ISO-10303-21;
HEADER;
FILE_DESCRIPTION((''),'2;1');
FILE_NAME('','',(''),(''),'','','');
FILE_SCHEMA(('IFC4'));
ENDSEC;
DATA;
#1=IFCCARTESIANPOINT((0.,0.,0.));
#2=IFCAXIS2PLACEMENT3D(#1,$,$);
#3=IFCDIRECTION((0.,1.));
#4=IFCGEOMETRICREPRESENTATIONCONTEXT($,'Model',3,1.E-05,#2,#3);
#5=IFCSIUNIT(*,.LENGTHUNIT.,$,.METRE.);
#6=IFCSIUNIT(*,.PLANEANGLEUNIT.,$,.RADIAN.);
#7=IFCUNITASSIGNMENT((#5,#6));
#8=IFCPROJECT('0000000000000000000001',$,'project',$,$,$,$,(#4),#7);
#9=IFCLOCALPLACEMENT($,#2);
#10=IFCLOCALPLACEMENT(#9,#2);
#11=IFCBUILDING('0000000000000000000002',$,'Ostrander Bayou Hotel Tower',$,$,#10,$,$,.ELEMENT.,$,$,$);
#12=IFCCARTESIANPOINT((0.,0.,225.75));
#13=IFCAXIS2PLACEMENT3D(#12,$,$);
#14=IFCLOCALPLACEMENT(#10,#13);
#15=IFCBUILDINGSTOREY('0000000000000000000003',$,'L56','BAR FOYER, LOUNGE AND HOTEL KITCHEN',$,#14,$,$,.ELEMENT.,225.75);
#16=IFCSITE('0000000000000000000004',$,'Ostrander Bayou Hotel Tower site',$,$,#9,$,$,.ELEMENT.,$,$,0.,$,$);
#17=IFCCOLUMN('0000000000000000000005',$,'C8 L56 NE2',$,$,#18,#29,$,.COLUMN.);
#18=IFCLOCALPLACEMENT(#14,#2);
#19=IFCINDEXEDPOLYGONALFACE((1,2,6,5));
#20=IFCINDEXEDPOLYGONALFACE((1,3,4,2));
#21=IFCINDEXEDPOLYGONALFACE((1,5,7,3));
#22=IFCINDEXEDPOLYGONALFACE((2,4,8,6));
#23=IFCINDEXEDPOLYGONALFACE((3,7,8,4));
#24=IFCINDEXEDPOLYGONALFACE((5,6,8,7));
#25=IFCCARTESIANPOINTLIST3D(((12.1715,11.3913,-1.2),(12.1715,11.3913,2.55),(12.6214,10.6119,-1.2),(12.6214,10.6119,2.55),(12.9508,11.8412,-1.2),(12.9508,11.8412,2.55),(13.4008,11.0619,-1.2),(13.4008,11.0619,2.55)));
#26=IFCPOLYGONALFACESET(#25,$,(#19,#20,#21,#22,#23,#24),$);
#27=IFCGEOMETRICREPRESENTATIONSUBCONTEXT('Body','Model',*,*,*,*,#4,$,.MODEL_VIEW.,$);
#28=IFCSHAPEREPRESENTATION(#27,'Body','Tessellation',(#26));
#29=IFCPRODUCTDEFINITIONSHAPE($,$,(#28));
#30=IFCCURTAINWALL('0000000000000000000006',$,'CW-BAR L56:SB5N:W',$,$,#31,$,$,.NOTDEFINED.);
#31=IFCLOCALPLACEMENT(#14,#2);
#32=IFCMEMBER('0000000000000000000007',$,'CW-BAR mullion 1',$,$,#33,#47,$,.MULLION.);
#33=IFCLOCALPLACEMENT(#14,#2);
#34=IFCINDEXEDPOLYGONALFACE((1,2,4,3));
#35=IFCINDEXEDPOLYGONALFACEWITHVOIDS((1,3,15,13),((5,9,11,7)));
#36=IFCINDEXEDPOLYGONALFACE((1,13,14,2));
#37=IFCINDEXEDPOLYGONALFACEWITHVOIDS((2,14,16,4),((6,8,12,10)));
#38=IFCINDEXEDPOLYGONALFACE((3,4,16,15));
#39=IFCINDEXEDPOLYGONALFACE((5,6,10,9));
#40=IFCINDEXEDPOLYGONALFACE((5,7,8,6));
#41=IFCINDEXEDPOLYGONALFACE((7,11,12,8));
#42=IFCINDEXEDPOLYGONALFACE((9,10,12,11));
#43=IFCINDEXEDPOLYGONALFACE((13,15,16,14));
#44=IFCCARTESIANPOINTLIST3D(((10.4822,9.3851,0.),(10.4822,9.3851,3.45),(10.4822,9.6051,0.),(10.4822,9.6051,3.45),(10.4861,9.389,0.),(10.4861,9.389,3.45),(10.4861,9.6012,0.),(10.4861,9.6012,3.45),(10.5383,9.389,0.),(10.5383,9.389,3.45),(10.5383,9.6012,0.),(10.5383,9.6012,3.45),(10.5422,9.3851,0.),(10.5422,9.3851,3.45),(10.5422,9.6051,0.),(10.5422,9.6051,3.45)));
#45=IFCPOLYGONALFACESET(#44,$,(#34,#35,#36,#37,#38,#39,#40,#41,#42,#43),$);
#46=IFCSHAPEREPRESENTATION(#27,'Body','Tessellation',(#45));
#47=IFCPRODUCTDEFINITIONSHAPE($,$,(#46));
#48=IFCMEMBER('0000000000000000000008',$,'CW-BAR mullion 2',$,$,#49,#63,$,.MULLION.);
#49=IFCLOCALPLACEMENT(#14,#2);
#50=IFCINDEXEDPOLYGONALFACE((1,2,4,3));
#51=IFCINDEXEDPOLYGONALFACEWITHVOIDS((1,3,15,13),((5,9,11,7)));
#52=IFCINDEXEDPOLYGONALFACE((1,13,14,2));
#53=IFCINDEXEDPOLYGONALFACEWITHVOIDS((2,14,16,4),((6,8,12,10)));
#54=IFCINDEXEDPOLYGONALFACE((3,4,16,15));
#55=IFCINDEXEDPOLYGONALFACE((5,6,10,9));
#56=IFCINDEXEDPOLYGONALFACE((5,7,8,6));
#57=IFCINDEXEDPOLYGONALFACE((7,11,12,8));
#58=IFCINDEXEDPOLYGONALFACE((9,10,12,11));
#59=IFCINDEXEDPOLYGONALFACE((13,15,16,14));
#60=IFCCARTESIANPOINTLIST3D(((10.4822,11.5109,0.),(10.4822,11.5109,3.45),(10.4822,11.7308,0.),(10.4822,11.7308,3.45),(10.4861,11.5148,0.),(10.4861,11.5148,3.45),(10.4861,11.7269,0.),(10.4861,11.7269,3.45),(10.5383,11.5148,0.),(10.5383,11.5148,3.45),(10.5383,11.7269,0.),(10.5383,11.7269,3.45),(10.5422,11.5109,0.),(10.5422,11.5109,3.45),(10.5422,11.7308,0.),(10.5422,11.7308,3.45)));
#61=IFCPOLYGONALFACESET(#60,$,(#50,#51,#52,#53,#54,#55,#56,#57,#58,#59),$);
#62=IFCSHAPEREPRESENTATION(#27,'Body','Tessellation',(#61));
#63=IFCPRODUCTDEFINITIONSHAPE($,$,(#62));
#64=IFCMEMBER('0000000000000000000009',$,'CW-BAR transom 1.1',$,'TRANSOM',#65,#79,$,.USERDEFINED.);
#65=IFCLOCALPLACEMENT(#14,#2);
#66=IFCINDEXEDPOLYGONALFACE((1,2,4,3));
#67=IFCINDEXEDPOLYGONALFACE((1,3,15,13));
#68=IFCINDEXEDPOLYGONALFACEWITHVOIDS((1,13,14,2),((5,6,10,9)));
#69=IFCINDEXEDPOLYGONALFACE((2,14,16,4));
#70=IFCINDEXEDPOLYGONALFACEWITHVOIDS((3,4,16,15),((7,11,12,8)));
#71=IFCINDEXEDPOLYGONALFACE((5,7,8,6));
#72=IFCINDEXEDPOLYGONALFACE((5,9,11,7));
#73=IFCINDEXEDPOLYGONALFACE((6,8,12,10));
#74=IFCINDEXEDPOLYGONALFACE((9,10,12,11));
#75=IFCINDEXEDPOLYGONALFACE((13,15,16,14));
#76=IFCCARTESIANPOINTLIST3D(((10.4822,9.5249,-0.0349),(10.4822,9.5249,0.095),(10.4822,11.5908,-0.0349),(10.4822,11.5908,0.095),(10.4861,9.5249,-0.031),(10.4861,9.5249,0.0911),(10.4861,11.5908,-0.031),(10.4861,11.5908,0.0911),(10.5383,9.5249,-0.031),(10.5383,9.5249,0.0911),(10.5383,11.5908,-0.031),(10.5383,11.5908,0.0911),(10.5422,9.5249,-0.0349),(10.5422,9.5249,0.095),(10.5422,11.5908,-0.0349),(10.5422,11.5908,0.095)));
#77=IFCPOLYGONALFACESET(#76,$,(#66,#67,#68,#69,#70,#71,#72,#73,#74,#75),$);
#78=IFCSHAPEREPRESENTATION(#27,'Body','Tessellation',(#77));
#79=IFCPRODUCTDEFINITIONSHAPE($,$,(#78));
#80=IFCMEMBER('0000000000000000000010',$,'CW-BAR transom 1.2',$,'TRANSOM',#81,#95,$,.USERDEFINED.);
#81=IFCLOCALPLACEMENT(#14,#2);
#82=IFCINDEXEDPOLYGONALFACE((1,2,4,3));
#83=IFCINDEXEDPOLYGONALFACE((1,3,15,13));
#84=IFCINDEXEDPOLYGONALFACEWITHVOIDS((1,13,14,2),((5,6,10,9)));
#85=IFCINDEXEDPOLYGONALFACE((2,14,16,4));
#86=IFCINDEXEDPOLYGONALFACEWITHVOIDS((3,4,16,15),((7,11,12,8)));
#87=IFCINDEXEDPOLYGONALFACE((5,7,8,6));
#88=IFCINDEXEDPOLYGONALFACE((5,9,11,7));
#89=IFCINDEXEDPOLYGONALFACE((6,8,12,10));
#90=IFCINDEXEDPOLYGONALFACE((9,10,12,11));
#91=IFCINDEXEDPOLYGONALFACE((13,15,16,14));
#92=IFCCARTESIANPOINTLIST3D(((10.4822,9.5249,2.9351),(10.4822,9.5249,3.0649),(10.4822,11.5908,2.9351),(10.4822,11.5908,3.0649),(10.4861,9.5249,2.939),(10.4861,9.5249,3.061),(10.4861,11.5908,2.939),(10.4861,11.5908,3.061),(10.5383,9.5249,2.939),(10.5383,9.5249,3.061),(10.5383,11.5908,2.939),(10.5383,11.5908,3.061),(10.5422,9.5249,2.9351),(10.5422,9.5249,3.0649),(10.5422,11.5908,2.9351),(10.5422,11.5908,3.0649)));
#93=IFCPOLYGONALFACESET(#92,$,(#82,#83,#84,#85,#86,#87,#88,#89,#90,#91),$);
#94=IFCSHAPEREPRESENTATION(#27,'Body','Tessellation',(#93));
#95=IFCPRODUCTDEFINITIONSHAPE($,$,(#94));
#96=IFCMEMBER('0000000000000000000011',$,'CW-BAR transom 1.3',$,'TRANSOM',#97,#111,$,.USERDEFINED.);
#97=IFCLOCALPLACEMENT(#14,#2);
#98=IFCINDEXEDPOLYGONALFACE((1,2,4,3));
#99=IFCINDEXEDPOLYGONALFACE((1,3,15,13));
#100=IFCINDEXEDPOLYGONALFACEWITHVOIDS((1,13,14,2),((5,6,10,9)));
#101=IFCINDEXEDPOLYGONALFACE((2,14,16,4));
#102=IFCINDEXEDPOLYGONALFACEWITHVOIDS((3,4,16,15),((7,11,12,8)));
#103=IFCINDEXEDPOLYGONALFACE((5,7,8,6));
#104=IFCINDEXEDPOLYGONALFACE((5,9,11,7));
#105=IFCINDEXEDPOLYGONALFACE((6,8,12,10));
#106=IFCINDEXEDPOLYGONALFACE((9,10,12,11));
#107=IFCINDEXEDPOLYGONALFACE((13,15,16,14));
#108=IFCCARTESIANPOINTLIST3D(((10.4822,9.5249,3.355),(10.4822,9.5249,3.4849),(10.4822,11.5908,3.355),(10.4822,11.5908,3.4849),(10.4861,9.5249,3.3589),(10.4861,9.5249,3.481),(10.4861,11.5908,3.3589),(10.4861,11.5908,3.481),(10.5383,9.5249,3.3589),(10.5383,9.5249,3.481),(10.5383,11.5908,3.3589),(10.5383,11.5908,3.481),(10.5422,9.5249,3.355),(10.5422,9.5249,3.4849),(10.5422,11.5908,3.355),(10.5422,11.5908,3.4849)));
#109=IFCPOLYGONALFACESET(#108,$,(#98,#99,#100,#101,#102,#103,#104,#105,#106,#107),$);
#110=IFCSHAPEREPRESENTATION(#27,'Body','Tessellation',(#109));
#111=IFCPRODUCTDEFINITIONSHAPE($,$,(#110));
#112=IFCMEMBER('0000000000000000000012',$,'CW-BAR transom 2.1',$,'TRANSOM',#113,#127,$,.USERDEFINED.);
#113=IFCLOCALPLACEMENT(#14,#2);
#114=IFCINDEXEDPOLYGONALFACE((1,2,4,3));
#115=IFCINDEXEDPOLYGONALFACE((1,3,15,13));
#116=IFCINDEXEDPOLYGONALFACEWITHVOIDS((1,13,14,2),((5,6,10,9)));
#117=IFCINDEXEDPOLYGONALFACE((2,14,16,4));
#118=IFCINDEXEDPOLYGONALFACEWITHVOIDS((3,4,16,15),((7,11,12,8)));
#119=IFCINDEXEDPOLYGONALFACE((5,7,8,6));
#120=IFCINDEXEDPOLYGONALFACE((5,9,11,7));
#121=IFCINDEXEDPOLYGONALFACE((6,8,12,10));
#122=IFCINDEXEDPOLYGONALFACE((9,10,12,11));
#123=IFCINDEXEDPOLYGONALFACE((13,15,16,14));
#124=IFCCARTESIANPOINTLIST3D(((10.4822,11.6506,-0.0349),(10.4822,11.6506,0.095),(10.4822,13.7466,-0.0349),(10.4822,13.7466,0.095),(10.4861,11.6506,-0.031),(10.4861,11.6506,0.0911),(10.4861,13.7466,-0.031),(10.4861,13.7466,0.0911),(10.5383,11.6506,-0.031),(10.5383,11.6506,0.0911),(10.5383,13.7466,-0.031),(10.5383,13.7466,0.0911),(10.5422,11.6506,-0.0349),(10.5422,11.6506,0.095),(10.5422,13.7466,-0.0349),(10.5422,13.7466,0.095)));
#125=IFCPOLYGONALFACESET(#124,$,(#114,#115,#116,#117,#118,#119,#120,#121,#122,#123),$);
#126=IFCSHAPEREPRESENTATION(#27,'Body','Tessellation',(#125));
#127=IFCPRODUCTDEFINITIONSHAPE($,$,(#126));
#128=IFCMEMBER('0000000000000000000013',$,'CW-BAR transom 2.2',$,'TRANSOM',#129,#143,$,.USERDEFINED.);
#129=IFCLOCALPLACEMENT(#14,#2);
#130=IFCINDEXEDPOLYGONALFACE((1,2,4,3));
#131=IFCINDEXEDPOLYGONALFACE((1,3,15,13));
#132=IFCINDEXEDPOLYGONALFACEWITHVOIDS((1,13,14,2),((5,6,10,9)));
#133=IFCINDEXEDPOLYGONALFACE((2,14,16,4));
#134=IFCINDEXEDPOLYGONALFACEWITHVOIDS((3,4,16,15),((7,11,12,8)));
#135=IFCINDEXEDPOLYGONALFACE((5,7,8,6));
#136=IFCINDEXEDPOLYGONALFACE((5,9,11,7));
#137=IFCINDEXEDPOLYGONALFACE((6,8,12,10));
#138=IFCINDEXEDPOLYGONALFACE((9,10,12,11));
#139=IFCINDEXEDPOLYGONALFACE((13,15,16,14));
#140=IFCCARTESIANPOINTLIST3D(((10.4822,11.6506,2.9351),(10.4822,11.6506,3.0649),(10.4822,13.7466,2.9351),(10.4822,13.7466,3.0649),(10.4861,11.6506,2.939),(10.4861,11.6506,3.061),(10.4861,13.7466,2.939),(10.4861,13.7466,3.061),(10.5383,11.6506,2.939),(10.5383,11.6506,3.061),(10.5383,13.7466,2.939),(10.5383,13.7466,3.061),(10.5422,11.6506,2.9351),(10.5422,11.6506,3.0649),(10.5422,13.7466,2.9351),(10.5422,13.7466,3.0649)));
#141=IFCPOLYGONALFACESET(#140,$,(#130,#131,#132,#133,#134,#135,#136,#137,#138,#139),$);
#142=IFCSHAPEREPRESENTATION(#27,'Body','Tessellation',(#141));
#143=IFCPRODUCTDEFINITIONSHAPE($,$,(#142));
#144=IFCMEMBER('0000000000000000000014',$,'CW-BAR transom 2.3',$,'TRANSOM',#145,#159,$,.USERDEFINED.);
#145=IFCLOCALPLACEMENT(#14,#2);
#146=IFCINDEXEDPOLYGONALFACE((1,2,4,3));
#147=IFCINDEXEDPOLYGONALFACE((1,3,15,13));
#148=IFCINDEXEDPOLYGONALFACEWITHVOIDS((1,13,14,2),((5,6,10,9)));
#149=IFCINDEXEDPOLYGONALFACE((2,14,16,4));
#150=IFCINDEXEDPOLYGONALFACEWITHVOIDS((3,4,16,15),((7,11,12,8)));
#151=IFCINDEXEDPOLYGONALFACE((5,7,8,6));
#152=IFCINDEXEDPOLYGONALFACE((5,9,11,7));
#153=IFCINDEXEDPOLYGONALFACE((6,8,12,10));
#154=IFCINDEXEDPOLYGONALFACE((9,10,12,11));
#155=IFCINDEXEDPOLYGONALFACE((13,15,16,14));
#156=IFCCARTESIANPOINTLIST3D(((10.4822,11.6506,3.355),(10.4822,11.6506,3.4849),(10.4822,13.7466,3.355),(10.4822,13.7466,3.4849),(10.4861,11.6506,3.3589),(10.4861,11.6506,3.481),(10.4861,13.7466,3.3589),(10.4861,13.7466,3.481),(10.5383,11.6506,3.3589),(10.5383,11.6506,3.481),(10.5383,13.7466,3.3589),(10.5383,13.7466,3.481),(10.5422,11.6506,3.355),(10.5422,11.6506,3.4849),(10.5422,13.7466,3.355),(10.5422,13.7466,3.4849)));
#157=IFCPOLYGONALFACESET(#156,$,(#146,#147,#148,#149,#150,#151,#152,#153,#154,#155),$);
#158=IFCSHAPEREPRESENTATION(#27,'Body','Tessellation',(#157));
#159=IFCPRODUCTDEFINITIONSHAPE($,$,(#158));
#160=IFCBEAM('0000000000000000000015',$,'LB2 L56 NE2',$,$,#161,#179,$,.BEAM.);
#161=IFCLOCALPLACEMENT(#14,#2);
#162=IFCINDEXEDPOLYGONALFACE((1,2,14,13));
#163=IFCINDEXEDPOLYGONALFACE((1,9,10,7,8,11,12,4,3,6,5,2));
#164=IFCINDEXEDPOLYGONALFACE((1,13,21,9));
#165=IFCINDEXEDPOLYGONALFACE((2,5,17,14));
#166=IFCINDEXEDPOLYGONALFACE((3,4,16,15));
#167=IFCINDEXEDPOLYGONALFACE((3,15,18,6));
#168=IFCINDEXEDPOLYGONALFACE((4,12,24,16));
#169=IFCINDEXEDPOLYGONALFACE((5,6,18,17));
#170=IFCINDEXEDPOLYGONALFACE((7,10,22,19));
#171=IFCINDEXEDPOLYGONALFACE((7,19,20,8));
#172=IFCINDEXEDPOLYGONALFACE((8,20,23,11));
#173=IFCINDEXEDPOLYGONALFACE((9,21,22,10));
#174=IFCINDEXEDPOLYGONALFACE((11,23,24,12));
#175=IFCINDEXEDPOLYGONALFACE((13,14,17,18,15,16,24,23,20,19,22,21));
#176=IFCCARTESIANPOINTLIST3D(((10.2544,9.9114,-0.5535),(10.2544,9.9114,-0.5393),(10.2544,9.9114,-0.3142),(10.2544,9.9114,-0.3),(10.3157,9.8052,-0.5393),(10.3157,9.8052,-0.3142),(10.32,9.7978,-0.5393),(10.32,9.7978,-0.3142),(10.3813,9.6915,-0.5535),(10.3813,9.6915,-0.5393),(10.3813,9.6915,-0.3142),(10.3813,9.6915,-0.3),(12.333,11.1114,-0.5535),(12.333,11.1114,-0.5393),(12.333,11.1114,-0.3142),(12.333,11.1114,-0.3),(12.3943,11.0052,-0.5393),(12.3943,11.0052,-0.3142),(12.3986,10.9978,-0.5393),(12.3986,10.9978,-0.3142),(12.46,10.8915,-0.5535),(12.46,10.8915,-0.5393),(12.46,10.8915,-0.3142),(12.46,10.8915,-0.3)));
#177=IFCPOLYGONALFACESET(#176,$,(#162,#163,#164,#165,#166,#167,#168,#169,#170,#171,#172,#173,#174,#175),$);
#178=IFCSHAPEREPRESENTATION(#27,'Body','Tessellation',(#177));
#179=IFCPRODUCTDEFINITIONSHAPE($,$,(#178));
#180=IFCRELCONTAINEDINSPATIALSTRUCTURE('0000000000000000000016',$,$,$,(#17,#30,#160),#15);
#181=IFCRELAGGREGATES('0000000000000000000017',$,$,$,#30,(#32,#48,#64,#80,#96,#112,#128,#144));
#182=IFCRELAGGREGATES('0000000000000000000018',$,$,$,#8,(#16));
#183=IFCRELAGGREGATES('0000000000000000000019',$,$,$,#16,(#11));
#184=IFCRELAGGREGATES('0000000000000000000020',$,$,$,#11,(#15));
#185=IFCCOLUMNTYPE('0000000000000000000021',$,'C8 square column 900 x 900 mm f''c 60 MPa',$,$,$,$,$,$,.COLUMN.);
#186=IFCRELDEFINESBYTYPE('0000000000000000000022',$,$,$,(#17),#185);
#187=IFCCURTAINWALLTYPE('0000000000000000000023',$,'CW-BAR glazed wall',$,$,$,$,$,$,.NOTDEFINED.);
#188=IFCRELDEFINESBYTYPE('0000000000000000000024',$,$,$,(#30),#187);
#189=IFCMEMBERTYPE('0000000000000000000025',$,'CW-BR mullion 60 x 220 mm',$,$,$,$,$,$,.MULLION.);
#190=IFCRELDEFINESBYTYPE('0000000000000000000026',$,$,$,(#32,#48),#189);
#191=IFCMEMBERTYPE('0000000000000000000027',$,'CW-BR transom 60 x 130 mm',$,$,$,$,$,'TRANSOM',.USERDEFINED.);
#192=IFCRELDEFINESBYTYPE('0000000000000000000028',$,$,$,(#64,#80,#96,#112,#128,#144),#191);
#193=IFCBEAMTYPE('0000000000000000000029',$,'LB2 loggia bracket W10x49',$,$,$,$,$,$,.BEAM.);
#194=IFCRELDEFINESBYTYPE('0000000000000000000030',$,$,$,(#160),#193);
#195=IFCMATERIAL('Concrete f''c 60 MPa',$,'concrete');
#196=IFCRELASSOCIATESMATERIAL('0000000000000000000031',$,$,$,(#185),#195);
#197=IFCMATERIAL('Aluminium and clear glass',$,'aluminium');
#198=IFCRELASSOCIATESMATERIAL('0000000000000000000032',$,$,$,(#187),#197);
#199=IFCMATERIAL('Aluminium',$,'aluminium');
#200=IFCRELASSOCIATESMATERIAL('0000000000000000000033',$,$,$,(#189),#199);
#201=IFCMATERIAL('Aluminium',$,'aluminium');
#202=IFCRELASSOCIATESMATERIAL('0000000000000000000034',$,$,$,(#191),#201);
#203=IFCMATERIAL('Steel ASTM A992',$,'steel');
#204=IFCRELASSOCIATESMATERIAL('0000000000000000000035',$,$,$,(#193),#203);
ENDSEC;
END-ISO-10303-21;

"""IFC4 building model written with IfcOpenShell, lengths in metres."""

from ifc_helpers import new_model, si_unit, direction, frame, origin, origin_2d, place, context, subcontext, project, spatial, rectangle, hollow_rectangle, i_section, extrude, material, material_profile, profile_set, type_object, element, aggregate, save


model = new_model("IFC4")

# Units and contexts
model_context = context("Model", 3, precision=1e-05, world=origin(), true_north=direction((0.0, 1.0)))
body_context = subcontext(model_context, "Body", "Model", "MODEL_VIEW")
ifc_project = project(units=[si_unit("LENGTHUNIT", "METRE"), si_unit("PLANEANGLEUNIT", "RADIAN")], contexts=[model_context])

# Site, building, storey
site_placement = place(None, origin())
site = spatial("IfcSite", under=ifc_project, at=site_placement, Name="Ostrander Bayou Hotel Tower site", CompositionType="ELEMENT", RefElevation=0.0)
building_placement = place(site_placement, origin())
building = spatial("IfcBuilding", under=site, at=building_placement, Name="Ostrander Bayou Hotel Tower", CompositionType="ELEMENT")
storey_placement = place(building_placement, frame((0.0, 0.0, 225.75)))
storey = spatial("IfcBuildingStorey", under=building, at=storey_placement, Name="L56", Description="BAR FOYER, LOUNGE AND HOTEL KITCHEN", CompositionType="ELEMENT", Elevation=225.75)

# Column
ifc_material_1 = material(Name="Concrete f'c 60 MPa", Category="concrete")
ifc_material_profile_1 = material_profile(ifc_material_1, rectangle(XDim=0.8999, YDim=0.8999, at=origin_2d()))
ifc_profile_set_1 = profile_set([ifc_material_profile_1], Name="Concrete f'c 60 MPa")
column_type = type_object("IfcColumnType", Name="C8 square column 900 x 900 mm f'c 60 MPa", PredefinedType="COLUMN", material=ifc_profile_set_1)
column_placement = place(storey_placement, frame((12.7861, 11.2266, -1.2), z_axis=(0.0, 0.0, 1.0), x_axis=(0.5, -0.866025, 0.0)))
element("IfcColumn", 1, at=column_placement, inside=storey, type_object=column_type, Name="C8 L56 NE2", PredefinedType="COLUMN", context=body_context, shape_type="SweptSolid", body=[
    extrude(rectangle(XDim=0.8999, YDim=0.8999, at=origin_2d()), origin(), (0.0, 0.0, 1.0), 3.75),
])

# Curtain wall, members
ifc_material_2 = material(Name="Aluminium and clear glass", Category="aluminium")
curtain_wall_type = type_object("IfcCurtainWallType", Name="CW-BAR glazed wall", PredefinedType="NOTDEFINED", material=ifc_material_2)
curtain_wall_placement = place(storey_placement, origin())
curtain_wall = element("IfcCurtainWall", 2, at=curtain_wall_placement, inside=storey, type_object=curtain_wall_type, Name="CW-BAR L56:SB5N:W", PredefinedType="NOTDEFINED")
ifc_material_3 = material(Name="Aluminium", Category="aluminium")
ifc_material_profile_2 = material_profile(ifc_material_3, hollow_rectangle(XDim=0.0601, YDim=0.22, WallThickness=0.0039, at=origin_2d()))
ifc_profile_set_2 = profile_set([ifc_material_profile_2], Name="Aluminium")
member_type_1 = type_object("IfcMemberType", Name="CW-BR mullion 60 x 220 mm", PredefinedType="MULLION", material=ifc_profile_set_2)
member_1_placement = place(storey_placement, frame((10.5122, 9.4951, 0.0), z_axis=(0.0, 0.0, 1.0), x_axis=(-1.0, 0.0, 0.0)))
member_1 = element("IfcMember", 3, at=member_1_placement, type_object=member_type_1, Name="CW-BAR mullion 1", PredefinedType="MULLION", context=body_context, shape_type="SweptSolid", body=[
    extrude(hollow_rectangle(XDim=0.0601, YDim=0.22, WallThickness=0.0039, at=origin_2d()), origin(), (0.0, 0.0, 1.0), 3.45),
])
member_2_placement = place(storey_placement, frame((10.5122, 11.6208, 0.0), z_axis=(0.0, 0.0, 1.0), x_axis=(-1.0, 0.0, 0.0)))
member_2 = element("IfcMember", 4, at=member_2_placement, type_object=member_type_1, Name="CW-BAR mullion 2", PredefinedType="MULLION", context=body_context, shape_type="SweptSolid", body=[
    extrude(hollow_rectangle(XDim=0.0601, YDim=0.22, WallThickness=0.0039, at=origin_2d()), origin(), (0.0, 0.0, 1.0), 3.45),
])
ifc_material_4 = material(Name="Aluminium", Category="aluminium")
ifc_material_profile_3 = material_profile(ifc_material_4, hollow_rectangle(XDim=0.0601, YDim=0.1299, WallThickness=0.0039, at=origin_2d()))
ifc_profile_set_3 = profile_set([ifc_material_profile_3], Name="Aluminium")
member_type_2 = type_object("IfcMemberType", Name="CW-BR transom 60 x 130 mm", ElementType="TRANSOM", PredefinedType="USERDEFINED", material=ifc_profile_set_3)
member_3_placement = place(storey_placement, frame((10.5122, 9.5249, 0.03), z_axis=(0.0, 1.0, 0.0), x_axis=(-1.0, 0.0, 0.0)))
member_3 = element("IfcMember", 5, at=member_3_placement, type_object=member_type_2, Name="CW-BAR transom 1.1", ObjectType="TRANSOM", PredefinedType="USERDEFINED", context=body_context, shape_type="SweptSolid", body=[
    extrude(hollow_rectangle(XDim=0.0601, YDim=0.1299, WallThickness=0.0039, at=origin_2d()), origin(), (0.0, 0.0, 1.0), 2.0659),
])
member_4_placement = place(storey_placement, frame((10.5122, 9.5249, 3.0), z_axis=(0.0, 1.0, 0.0), x_axis=(-1.0, 0.0, 0.0)))
member_4 = element("IfcMember", 6, at=member_4_placement, type_object=member_type_2, Name="CW-BAR transom 1.2", ObjectType="TRANSOM", PredefinedType="USERDEFINED", context=body_context, shape_type="SweptSolid", body=[
    extrude(hollow_rectangle(XDim=0.0601, YDim=0.1299, WallThickness=0.0039, at=origin_2d()), origin(), (0.0, 0.0, 1.0), 2.0659),
])
member_5_placement = place(storey_placement, frame((10.5122, 9.5249, 3.4199), z_axis=(0.0, 1.0, 0.0), x_axis=(-1.0, 0.0, 0.0)))
member_5 = element("IfcMember", 7, at=member_5_placement, type_object=member_type_2, Name="CW-BAR transom 1.3", ObjectType="TRANSOM", PredefinedType="USERDEFINED", context=body_context, shape_type="SweptSolid", body=[
    extrude(hollow_rectangle(XDim=0.0601, YDim=0.1299, WallThickness=0.0039, at=origin_2d()), origin(), (0.0, 0.0, 1.0), 2.0659),
])
member_6_placement = place(storey_placement, frame((10.5122, 11.6506, 0.03), z_axis=(0.0, 1.0, 0.0), x_axis=(-1.0, 0.0, 0.0)))
member_6 = element("IfcMember", 8, at=member_6_placement, type_object=member_type_2, Name="CW-BAR transom 2.1", ObjectType="TRANSOM", PredefinedType="USERDEFINED", context=body_context, shape_type="SweptSolid", body=[
    extrude(hollow_rectangle(XDim=0.0601, YDim=0.1299, WallThickness=0.0039, at=origin_2d()), origin(), (0.0, 0.0, 1.0), 2.0959),
])
member_7_placement = place(storey_placement, frame((10.5122, 11.6506, 3.0), z_axis=(0.0, 1.0, 0.0), x_axis=(-1.0, 0.0, 0.0)))
member_7 = element("IfcMember", 9, at=member_7_placement, type_object=member_type_2, Name="CW-BAR transom 2.2", ObjectType="TRANSOM", PredefinedType="USERDEFINED", context=body_context, shape_type="SweptSolid", body=[
    extrude(hollow_rectangle(XDim=0.0601, YDim=0.1299, WallThickness=0.0039, at=origin_2d()), origin(), (0.0, 0.0, 1.0), 2.0959),
])
member_8_placement = place(storey_placement, frame((10.5122, 11.6506, 3.4199), z_axis=(0.0, 1.0, 0.0), x_axis=(-1.0, 0.0, 0.0)))
member_8 = element("IfcMember", 10, at=member_8_placement, type_object=member_type_2, Name="CW-BAR transom 2.3", ObjectType="TRANSOM", PredefinedType="USERDEFINED", context=body_context, shape_type="SweptSolid", body=[
    extrude(hollow_rectangle(XDim=0.0601, YDim=0.1299, WallThickness=0.0039, at=origin_2d()), origin(), (0.0, 0.0, 1.0), 2.0959),
])

# Beam
ifc_material_5 = material(Name="Steel ASTM A992", Category="steel")
ifc_material_profile_4 = material_profile(ifc_material_5, i_section(OverallWidth=0.2539, OverallDepth=0.2534, WebThickness=0.0085, FlangeThickness=0.0142, at=origin_2d()))
ifc_profile_set_4 = profile_set([ifc_material_profile_4], Name="Steel ASTM A992")
beam_type_1 = type_object("IfcBeamType", Name="LB2 loggia bracket W10x49", PredefinedType="BEAM", material=ifc_profile_set_4)
beam_1_placement = place(storey_placement, frame((12.3965, 11.0015, -0.4268), z_axis=(-0.86605, -0.499957, 0.0), x_axis=(0.499957, -0.86605, 0.0)))
element("IfcBeam", 11, at=beam_1_placement, inside=storey, type_object=beam_type_1, Name="LB2 L56 NE2", PredefinedType="BEAM", context=body_context, shape_type="SweptSolid", body=[
    extrude(i_section(OverallWidth=0.2539, OverallDepth=0.2534, WebThickness=0.0085, FlangeThickness=0.0142, at=origin_2d()), origin(), (0.0, 0.0, 1.0), 2.4001),
])

aggregate(curtain_wall, [member_1, member_2, member_3, member_4, member_5, member_6, member_7, member_8])

save(model, "model.ifc")
